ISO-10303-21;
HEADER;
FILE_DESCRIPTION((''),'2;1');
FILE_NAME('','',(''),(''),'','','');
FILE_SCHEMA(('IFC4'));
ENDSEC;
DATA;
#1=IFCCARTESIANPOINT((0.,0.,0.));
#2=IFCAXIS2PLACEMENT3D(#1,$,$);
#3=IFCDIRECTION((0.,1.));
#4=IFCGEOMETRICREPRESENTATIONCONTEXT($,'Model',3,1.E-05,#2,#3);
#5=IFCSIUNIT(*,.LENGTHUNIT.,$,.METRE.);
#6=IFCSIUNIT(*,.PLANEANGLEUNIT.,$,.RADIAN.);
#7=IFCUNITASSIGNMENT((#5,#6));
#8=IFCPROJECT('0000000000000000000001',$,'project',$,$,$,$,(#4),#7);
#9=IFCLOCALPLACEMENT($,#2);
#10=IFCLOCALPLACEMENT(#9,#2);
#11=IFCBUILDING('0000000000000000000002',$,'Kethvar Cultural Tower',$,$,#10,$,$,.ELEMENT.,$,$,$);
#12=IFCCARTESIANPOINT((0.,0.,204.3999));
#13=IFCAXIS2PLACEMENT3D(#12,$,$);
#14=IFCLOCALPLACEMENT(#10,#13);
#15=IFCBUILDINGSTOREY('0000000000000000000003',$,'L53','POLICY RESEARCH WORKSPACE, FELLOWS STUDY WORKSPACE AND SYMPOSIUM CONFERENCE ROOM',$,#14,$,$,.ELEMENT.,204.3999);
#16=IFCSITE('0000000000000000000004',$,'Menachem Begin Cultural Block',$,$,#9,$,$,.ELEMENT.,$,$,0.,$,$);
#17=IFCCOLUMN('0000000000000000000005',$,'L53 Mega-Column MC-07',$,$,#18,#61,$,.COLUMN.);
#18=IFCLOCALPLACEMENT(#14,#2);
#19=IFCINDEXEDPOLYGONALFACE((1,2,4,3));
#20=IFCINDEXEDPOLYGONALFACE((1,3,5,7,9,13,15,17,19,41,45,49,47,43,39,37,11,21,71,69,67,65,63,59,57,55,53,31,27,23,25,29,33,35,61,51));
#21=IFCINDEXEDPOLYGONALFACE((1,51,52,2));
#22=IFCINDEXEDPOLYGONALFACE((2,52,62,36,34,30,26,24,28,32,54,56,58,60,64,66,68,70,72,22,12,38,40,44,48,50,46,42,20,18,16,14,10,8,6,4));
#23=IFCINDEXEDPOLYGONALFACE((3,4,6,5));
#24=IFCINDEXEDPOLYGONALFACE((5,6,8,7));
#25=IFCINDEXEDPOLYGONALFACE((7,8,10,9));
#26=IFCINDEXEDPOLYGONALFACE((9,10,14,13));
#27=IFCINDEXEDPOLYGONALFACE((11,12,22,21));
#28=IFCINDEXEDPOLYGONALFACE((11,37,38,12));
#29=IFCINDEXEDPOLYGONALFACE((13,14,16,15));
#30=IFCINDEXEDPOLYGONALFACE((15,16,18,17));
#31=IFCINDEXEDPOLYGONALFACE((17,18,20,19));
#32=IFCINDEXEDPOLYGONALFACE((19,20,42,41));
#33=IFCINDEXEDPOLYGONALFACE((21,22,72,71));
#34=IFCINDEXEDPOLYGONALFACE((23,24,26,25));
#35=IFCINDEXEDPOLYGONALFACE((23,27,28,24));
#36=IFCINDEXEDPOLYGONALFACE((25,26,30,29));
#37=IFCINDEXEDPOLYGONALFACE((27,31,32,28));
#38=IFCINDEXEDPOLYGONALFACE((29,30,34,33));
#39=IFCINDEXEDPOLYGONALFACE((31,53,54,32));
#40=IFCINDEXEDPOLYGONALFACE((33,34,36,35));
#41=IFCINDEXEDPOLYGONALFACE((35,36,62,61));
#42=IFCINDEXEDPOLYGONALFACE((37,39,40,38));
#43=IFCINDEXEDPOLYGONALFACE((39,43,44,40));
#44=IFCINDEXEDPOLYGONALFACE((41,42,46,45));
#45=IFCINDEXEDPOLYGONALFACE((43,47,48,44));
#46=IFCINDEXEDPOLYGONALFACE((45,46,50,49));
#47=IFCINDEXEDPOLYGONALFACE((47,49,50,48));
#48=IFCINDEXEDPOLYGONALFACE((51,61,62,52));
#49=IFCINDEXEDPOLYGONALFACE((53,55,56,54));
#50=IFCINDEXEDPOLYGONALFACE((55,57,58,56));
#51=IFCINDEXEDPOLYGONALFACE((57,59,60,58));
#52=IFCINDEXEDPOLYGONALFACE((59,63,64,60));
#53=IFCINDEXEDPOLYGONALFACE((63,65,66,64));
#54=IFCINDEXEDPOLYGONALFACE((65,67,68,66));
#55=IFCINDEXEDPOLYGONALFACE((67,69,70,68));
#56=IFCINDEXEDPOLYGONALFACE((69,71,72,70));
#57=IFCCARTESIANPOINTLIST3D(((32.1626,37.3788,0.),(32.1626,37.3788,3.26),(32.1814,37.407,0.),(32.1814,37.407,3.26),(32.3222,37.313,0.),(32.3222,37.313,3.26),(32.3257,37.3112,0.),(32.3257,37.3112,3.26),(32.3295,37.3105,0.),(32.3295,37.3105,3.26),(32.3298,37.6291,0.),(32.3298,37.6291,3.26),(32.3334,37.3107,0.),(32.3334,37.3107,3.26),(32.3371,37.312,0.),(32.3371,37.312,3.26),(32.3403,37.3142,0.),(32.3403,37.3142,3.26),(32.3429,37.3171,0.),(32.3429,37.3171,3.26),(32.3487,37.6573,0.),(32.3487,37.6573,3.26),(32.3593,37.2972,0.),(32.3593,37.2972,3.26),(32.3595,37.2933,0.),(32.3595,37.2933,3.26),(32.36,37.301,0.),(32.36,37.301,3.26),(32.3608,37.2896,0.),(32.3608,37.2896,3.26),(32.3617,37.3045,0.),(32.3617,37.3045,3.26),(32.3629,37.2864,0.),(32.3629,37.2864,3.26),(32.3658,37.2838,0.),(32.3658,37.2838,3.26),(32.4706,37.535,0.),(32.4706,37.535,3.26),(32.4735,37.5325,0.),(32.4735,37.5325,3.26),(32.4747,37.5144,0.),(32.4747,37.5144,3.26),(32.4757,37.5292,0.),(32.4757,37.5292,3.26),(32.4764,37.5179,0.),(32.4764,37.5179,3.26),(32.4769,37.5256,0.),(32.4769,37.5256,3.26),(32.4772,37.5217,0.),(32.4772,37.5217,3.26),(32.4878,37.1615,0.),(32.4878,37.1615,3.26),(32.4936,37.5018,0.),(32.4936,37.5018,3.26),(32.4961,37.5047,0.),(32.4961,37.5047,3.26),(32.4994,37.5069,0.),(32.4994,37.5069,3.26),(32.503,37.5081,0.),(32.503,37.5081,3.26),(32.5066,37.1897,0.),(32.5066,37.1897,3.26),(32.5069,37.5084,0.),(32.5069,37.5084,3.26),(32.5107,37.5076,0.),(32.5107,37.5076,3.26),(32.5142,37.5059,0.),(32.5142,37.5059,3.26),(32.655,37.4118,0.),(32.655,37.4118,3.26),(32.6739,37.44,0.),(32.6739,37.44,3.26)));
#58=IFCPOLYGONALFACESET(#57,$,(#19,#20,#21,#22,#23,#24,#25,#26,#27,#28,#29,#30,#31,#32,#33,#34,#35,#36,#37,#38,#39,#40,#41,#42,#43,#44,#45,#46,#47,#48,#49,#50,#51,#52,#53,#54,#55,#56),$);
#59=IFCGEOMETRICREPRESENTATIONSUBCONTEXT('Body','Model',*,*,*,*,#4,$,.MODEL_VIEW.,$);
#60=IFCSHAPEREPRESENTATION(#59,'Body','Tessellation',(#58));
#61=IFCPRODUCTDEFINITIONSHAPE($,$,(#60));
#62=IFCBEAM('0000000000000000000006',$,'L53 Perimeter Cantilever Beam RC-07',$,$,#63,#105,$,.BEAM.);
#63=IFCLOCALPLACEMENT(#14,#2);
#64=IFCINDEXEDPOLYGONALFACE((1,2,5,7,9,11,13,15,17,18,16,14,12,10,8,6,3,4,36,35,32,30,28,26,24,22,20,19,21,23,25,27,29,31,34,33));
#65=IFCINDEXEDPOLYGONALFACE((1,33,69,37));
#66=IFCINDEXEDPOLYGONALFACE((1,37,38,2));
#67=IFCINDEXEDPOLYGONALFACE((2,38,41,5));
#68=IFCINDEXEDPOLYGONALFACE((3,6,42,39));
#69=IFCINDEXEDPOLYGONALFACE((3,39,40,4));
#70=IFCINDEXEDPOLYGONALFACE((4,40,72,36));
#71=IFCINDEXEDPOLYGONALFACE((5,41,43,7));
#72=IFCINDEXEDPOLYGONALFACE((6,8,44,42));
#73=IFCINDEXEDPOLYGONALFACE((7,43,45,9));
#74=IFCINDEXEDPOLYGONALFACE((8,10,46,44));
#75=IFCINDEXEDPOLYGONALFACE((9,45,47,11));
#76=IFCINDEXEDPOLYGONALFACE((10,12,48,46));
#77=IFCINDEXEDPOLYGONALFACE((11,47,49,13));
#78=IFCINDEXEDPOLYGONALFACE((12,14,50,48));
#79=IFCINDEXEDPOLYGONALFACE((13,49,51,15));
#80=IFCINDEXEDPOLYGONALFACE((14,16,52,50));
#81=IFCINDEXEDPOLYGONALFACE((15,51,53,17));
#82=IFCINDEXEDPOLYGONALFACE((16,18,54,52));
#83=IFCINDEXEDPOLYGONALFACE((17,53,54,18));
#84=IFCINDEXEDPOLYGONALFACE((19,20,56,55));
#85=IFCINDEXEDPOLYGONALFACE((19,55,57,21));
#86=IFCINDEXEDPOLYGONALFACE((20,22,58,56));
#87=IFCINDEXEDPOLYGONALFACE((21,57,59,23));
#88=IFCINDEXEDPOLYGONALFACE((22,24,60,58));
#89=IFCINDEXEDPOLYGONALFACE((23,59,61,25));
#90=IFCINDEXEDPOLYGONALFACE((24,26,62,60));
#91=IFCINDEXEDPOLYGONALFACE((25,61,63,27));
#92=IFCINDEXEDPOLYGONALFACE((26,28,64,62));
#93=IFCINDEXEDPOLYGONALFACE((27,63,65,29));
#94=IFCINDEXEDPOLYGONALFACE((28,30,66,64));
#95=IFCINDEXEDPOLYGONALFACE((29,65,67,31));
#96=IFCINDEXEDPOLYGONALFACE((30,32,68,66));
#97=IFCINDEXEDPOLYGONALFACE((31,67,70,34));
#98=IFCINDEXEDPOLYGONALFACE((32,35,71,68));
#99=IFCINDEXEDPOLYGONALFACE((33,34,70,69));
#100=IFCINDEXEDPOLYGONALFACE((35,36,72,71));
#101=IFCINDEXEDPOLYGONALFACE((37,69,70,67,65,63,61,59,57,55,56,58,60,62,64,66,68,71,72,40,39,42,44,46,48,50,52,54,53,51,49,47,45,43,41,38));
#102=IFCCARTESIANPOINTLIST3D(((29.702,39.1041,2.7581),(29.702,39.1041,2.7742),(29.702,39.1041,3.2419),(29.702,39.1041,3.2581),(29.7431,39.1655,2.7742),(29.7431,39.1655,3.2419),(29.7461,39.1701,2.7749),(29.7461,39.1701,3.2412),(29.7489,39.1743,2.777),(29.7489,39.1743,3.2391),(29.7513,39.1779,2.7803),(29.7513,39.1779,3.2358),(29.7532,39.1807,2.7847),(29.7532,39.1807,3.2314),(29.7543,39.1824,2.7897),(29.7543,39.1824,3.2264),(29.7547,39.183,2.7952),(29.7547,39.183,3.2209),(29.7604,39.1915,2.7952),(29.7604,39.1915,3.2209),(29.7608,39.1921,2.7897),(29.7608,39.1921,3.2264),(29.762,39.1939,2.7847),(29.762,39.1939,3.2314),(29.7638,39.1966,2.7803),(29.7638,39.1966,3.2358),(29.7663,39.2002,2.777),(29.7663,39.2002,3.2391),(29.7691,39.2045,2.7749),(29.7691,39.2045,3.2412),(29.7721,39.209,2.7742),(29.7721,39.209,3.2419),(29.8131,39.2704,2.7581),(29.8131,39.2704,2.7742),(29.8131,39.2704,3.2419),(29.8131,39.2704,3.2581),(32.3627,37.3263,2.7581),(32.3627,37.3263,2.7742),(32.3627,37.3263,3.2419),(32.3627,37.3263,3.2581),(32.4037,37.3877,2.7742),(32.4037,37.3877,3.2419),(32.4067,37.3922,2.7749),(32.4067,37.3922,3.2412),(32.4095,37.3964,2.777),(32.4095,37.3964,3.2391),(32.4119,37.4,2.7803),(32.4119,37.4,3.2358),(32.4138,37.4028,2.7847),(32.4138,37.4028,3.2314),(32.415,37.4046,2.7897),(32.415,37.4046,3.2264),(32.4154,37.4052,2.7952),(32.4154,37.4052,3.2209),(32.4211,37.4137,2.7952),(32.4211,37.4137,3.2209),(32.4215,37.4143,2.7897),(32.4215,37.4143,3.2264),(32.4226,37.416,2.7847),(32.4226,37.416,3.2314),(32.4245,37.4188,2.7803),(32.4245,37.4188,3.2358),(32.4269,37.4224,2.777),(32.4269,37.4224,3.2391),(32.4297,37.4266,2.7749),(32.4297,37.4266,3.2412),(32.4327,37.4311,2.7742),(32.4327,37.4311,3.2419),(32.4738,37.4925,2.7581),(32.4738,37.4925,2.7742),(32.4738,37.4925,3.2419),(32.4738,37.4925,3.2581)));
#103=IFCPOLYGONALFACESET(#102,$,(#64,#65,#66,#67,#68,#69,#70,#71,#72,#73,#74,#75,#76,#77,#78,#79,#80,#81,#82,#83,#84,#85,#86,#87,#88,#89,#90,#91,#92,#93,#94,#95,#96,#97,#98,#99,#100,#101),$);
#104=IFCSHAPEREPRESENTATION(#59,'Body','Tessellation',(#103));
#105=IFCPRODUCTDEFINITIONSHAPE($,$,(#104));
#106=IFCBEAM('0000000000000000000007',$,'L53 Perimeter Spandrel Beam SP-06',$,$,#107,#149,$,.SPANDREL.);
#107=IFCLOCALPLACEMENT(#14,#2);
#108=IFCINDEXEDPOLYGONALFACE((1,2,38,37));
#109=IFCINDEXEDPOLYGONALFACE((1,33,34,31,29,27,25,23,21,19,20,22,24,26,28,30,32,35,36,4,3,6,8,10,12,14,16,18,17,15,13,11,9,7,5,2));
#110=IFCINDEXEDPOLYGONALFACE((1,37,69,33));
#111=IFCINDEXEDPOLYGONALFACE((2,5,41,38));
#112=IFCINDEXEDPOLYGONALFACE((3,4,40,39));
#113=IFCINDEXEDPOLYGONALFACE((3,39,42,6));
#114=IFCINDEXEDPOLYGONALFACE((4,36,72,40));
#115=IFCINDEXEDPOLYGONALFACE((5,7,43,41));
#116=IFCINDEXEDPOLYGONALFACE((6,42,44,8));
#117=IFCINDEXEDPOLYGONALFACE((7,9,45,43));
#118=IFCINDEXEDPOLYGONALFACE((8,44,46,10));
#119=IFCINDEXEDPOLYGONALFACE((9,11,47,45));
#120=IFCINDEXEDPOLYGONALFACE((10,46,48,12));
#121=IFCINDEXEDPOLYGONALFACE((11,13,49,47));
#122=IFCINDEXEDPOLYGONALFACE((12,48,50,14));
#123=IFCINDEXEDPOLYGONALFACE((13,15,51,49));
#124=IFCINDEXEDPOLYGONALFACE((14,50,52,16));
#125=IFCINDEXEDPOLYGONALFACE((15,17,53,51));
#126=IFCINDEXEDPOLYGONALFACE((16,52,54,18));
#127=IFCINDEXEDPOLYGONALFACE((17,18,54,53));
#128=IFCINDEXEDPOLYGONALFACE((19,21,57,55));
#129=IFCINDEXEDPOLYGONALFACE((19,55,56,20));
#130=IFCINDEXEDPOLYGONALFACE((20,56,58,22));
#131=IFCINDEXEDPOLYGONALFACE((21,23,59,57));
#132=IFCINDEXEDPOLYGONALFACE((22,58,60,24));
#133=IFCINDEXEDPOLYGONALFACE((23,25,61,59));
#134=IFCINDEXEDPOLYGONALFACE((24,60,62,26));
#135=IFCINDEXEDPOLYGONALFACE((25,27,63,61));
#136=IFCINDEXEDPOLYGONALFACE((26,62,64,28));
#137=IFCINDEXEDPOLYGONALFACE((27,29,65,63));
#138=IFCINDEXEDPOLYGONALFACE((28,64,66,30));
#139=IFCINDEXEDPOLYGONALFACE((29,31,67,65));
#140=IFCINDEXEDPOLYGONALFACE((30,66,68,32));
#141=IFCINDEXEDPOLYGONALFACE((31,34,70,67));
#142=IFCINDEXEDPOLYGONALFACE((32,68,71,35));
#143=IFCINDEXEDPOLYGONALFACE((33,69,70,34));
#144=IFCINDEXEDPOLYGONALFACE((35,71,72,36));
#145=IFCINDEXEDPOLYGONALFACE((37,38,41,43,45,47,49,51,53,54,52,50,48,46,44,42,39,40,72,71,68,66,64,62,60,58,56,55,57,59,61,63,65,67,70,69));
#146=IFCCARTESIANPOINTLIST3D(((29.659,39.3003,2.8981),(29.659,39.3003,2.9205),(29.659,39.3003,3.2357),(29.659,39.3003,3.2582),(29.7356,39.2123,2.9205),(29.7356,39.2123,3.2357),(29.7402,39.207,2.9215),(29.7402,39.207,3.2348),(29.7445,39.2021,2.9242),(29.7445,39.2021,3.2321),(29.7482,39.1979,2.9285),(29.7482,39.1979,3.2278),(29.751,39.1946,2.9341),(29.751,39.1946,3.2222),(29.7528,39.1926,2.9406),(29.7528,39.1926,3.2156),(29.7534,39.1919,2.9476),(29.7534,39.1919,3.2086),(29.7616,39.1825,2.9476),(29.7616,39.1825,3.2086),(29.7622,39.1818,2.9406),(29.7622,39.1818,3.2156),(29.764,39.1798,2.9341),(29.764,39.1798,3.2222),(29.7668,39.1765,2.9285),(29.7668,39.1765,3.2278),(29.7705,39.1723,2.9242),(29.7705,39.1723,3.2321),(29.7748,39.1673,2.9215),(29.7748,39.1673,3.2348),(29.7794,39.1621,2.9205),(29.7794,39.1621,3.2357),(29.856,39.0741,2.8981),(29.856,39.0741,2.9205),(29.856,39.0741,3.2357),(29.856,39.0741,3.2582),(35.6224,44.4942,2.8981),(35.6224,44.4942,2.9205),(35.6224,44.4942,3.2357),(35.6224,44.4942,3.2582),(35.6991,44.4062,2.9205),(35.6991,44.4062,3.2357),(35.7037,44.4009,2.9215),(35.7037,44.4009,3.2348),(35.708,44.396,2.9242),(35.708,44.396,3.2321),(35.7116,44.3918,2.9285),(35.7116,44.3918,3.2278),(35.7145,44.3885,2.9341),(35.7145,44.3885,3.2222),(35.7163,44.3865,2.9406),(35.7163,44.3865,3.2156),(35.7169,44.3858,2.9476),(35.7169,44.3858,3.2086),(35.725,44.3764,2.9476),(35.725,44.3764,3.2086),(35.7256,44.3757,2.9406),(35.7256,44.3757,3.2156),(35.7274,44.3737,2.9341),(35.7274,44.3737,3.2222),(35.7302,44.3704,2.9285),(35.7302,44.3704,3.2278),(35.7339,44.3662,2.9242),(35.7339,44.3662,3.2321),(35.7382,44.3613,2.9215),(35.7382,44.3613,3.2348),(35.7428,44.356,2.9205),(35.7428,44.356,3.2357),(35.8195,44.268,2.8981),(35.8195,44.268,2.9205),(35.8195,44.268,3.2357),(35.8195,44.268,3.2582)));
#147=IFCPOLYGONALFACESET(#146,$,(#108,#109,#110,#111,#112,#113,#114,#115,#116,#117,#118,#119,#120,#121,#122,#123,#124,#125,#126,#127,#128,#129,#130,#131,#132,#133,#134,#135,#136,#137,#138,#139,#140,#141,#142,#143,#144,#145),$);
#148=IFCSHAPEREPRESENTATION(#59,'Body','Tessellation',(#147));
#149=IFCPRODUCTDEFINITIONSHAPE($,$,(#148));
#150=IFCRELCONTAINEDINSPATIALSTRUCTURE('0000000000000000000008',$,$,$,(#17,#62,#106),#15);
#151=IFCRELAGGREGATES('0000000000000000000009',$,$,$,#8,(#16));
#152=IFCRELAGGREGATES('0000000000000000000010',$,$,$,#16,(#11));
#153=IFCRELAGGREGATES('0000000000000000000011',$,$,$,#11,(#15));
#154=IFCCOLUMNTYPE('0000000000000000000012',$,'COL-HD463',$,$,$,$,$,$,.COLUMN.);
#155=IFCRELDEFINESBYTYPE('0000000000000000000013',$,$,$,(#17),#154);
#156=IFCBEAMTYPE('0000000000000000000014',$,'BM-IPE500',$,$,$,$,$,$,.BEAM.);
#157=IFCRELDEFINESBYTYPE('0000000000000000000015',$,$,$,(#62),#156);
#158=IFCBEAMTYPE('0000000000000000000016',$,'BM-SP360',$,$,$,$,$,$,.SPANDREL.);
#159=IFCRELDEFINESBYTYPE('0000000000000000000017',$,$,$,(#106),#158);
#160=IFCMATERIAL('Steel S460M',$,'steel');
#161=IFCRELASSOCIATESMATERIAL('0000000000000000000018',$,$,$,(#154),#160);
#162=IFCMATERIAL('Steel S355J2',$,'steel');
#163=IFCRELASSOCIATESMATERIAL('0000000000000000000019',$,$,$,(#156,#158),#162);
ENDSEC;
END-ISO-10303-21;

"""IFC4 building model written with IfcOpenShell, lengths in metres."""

from ifc_helpers import new_model, si_unit, direction, frame, origin, origin_2d, place, context, subcontext, project, spatial, i_section, extrude, source, transform, mapped, material, material_profile, profile_set, type_object, element, save


model = new_model("IFC4")

# Units and contexts
model_context = context("Model", 3, precision=1e-05, world=origin(), true_north=direction((0.0, 1.0)))
body_context = subcontext(model_context, "Body", "Model", "MODEL_VIEW")
ifc_project = project(units=[si_unit("LENGTHUNIT", "METRE"), si_unit("PLANEANGLEUNIT", "RADIAN")], contexts=[model_context])

# Site, building, storey
site_placement = place(None, origin())
site = spatial("IfcSite", under=ifc_project, at=site_placement, Name="Menachem Begin Cultural Block", CompositionType="ELEMENT", RefElevation=0.0)
building_placement = place(site_placement, origin())
building = spatial("IfcBuilding", under=site, at=building_placement, Name="Kethvar Cultural Tower", CompositionType="ELEMENT")
storey_placement = place(building_placement, frame((0.0, 0.0, 204.3999)))
storey = spatial("IfcBuildingStorey", under=building, at=storey_placement, Name="L53", Description="POLICY RESEARCH WORKSPACE, FELLOWS STUDY WORKSPACE AND SYMPOSIUM CONFERENCE ROOM", CompositionType="ELEMENT", Elevation=204.3999)

# Column
ifc_material_1 = material(Name="Steel S460M", Category="steel")
ifc_material_profile_1 = material_profile(ifc_material_1, i_section(OverallWidth=0.3911, OverallDepth=0.335, WebThickness=0.0227, FlangeThickness=0.0339, FilletRadius=0.0149, at=origin_2d()), Name="Steel S460M — HD400x463")
ifc_profile_set_1 = profile_set([ifc_material_profile_1], Name="Steel S460M — HD400x463")
column_type = type_object("IfcColumnType", Name="COL-HD463", PredefinedType="COLUMN", material=ifc_profile_set_1)
shared_shape_1 = source(origin(), body_context, "Body", "SweptSolid", [
    extrude(i_section(OverallWidth=0.3911, OverallDepth=0.335, WebThickness=0.0227, FlangeThickness=0.0339, FilletRadius=0.0149, at=origin_2d()), origin(), (0.0, 0.0, 1.0), 3.26),
])
column_placement = place(storey_placement, frame((32.4182, 37.4094, 0.0), z_axis=(0.0, 0.0, 1.0), x_axis=(-0.83147, 0.55557, 0.0)))
element("IfcColumn", 1, at=column_placement, inside=storey, type_object=column_type, Name="L53 Mega-Column MC-07", PredefinedType="COLUMN", context=body_context, shape_type="MappedRepresentation", body=[
    mapped(shared_shape_1, transform((0.0, 0.0, 0.0), scale=1.0)),
])

# Beams
ifc_material_2 = material(Name="Steel S355J2", Category="steel")
ifc_material_profile_2 = material_profile(ifc_material_2, i_section(OverallWidth=0.2, OverallDepth=0.5, WebThickness=0.0103, FlangeThickness=0.0161, FilletRadius=0.021, at=origin_2d()), Name="Steel S355J2 — IPE500")
ifc_profile_set_2 = profile_set([ifc_material_profile_2], Name="Steel S355J2 — IPE500")
beam_type_1 = type_object("IfcBeamType", Name="BM-IPE500", PredefinedType="BEAM", material=ifc_profile_set_2)
shared_shape_2 = source(origin(), body_context, "Body", "SweptSolid", [
    extrude(i_section(OverallWidth=0.2, OverallDepth=0.5, WebThickness=0.0103, FlangeThickness=0.0161, FilletRadius=0.021, at=origin_2d()), origin(), (0.0, 0.0, 1.0), 3.2),
])
beam_1_placement = place(storey_placement, frame((32.4182, 37.4094, 3.0081), z_axis=(-0.831463, 0.55558, 0.0), x_axis=(-0.55558, -0.831463, 0.0)))
element("IfcBeam", 2, at=beam_1_placement, inside=storey, type_object=beam_type_1, Name="L53 Perimeter Cantilever Beam RC-07", PredefinedType="BEAM", context=body_context, shape_type="MappedRepresentation", body=[
    mapped(shared_shape_2, transform((0.0, 0.0, 0.0), scale=1.0)),
])
ifc_material_profile_3 = material_profile(ifc_material_2, i_section(OverallWidth=0.3, OverallDepth=0.3601, WebThickness=0.0125, FlangeThickness=0.0225, FilletRadius=0.0271, at=origin_2d()), Name="Steel S355J2 — HEB360")
ifc_profile_set_3 = profile_set([ifc_material_profile_3], Name="Steel S355J2 — HEB360")
beam_type_2 = type_object("IfcBeamType", Name="BM-SP360", PredefinedType="SPANDREL", material=ifc_profile_set_3)
shared_shape_3 = source(origin(), body_context, "Body", "SweptSolid", [
    extrude(i_section(OverallWidth=0.3, OverallDepth=0.3601, WebThickness=0.0125, FlangeThickness=0.0225, FilletRadius=0.0271, at=origin_2d()), origin(), (0.0, 0.0, 1.0), 7.9082),
])
beam_2_placement = place(storey_placement, frame((35.7209, 44.3811, 3.0781), z_axis=(-0.754086, -0.656776, 0.0), x_axis=(0.656776, -0.754086, 0.0)))
element("IfcBeam", 3, at=beam_2_placement, inside=storey, type_object=beam_type_2, Name="L53 Perimeter Spandrel Beam SP-06", PredefinedType="SPANDREL", context=body_context, shape_type="MappedRepresentation", body=[
    mapped(shared_shape_3, transform((0.0, 0.0, 0.0), scale=1.0)),
])

save(model, "model.ifc")
